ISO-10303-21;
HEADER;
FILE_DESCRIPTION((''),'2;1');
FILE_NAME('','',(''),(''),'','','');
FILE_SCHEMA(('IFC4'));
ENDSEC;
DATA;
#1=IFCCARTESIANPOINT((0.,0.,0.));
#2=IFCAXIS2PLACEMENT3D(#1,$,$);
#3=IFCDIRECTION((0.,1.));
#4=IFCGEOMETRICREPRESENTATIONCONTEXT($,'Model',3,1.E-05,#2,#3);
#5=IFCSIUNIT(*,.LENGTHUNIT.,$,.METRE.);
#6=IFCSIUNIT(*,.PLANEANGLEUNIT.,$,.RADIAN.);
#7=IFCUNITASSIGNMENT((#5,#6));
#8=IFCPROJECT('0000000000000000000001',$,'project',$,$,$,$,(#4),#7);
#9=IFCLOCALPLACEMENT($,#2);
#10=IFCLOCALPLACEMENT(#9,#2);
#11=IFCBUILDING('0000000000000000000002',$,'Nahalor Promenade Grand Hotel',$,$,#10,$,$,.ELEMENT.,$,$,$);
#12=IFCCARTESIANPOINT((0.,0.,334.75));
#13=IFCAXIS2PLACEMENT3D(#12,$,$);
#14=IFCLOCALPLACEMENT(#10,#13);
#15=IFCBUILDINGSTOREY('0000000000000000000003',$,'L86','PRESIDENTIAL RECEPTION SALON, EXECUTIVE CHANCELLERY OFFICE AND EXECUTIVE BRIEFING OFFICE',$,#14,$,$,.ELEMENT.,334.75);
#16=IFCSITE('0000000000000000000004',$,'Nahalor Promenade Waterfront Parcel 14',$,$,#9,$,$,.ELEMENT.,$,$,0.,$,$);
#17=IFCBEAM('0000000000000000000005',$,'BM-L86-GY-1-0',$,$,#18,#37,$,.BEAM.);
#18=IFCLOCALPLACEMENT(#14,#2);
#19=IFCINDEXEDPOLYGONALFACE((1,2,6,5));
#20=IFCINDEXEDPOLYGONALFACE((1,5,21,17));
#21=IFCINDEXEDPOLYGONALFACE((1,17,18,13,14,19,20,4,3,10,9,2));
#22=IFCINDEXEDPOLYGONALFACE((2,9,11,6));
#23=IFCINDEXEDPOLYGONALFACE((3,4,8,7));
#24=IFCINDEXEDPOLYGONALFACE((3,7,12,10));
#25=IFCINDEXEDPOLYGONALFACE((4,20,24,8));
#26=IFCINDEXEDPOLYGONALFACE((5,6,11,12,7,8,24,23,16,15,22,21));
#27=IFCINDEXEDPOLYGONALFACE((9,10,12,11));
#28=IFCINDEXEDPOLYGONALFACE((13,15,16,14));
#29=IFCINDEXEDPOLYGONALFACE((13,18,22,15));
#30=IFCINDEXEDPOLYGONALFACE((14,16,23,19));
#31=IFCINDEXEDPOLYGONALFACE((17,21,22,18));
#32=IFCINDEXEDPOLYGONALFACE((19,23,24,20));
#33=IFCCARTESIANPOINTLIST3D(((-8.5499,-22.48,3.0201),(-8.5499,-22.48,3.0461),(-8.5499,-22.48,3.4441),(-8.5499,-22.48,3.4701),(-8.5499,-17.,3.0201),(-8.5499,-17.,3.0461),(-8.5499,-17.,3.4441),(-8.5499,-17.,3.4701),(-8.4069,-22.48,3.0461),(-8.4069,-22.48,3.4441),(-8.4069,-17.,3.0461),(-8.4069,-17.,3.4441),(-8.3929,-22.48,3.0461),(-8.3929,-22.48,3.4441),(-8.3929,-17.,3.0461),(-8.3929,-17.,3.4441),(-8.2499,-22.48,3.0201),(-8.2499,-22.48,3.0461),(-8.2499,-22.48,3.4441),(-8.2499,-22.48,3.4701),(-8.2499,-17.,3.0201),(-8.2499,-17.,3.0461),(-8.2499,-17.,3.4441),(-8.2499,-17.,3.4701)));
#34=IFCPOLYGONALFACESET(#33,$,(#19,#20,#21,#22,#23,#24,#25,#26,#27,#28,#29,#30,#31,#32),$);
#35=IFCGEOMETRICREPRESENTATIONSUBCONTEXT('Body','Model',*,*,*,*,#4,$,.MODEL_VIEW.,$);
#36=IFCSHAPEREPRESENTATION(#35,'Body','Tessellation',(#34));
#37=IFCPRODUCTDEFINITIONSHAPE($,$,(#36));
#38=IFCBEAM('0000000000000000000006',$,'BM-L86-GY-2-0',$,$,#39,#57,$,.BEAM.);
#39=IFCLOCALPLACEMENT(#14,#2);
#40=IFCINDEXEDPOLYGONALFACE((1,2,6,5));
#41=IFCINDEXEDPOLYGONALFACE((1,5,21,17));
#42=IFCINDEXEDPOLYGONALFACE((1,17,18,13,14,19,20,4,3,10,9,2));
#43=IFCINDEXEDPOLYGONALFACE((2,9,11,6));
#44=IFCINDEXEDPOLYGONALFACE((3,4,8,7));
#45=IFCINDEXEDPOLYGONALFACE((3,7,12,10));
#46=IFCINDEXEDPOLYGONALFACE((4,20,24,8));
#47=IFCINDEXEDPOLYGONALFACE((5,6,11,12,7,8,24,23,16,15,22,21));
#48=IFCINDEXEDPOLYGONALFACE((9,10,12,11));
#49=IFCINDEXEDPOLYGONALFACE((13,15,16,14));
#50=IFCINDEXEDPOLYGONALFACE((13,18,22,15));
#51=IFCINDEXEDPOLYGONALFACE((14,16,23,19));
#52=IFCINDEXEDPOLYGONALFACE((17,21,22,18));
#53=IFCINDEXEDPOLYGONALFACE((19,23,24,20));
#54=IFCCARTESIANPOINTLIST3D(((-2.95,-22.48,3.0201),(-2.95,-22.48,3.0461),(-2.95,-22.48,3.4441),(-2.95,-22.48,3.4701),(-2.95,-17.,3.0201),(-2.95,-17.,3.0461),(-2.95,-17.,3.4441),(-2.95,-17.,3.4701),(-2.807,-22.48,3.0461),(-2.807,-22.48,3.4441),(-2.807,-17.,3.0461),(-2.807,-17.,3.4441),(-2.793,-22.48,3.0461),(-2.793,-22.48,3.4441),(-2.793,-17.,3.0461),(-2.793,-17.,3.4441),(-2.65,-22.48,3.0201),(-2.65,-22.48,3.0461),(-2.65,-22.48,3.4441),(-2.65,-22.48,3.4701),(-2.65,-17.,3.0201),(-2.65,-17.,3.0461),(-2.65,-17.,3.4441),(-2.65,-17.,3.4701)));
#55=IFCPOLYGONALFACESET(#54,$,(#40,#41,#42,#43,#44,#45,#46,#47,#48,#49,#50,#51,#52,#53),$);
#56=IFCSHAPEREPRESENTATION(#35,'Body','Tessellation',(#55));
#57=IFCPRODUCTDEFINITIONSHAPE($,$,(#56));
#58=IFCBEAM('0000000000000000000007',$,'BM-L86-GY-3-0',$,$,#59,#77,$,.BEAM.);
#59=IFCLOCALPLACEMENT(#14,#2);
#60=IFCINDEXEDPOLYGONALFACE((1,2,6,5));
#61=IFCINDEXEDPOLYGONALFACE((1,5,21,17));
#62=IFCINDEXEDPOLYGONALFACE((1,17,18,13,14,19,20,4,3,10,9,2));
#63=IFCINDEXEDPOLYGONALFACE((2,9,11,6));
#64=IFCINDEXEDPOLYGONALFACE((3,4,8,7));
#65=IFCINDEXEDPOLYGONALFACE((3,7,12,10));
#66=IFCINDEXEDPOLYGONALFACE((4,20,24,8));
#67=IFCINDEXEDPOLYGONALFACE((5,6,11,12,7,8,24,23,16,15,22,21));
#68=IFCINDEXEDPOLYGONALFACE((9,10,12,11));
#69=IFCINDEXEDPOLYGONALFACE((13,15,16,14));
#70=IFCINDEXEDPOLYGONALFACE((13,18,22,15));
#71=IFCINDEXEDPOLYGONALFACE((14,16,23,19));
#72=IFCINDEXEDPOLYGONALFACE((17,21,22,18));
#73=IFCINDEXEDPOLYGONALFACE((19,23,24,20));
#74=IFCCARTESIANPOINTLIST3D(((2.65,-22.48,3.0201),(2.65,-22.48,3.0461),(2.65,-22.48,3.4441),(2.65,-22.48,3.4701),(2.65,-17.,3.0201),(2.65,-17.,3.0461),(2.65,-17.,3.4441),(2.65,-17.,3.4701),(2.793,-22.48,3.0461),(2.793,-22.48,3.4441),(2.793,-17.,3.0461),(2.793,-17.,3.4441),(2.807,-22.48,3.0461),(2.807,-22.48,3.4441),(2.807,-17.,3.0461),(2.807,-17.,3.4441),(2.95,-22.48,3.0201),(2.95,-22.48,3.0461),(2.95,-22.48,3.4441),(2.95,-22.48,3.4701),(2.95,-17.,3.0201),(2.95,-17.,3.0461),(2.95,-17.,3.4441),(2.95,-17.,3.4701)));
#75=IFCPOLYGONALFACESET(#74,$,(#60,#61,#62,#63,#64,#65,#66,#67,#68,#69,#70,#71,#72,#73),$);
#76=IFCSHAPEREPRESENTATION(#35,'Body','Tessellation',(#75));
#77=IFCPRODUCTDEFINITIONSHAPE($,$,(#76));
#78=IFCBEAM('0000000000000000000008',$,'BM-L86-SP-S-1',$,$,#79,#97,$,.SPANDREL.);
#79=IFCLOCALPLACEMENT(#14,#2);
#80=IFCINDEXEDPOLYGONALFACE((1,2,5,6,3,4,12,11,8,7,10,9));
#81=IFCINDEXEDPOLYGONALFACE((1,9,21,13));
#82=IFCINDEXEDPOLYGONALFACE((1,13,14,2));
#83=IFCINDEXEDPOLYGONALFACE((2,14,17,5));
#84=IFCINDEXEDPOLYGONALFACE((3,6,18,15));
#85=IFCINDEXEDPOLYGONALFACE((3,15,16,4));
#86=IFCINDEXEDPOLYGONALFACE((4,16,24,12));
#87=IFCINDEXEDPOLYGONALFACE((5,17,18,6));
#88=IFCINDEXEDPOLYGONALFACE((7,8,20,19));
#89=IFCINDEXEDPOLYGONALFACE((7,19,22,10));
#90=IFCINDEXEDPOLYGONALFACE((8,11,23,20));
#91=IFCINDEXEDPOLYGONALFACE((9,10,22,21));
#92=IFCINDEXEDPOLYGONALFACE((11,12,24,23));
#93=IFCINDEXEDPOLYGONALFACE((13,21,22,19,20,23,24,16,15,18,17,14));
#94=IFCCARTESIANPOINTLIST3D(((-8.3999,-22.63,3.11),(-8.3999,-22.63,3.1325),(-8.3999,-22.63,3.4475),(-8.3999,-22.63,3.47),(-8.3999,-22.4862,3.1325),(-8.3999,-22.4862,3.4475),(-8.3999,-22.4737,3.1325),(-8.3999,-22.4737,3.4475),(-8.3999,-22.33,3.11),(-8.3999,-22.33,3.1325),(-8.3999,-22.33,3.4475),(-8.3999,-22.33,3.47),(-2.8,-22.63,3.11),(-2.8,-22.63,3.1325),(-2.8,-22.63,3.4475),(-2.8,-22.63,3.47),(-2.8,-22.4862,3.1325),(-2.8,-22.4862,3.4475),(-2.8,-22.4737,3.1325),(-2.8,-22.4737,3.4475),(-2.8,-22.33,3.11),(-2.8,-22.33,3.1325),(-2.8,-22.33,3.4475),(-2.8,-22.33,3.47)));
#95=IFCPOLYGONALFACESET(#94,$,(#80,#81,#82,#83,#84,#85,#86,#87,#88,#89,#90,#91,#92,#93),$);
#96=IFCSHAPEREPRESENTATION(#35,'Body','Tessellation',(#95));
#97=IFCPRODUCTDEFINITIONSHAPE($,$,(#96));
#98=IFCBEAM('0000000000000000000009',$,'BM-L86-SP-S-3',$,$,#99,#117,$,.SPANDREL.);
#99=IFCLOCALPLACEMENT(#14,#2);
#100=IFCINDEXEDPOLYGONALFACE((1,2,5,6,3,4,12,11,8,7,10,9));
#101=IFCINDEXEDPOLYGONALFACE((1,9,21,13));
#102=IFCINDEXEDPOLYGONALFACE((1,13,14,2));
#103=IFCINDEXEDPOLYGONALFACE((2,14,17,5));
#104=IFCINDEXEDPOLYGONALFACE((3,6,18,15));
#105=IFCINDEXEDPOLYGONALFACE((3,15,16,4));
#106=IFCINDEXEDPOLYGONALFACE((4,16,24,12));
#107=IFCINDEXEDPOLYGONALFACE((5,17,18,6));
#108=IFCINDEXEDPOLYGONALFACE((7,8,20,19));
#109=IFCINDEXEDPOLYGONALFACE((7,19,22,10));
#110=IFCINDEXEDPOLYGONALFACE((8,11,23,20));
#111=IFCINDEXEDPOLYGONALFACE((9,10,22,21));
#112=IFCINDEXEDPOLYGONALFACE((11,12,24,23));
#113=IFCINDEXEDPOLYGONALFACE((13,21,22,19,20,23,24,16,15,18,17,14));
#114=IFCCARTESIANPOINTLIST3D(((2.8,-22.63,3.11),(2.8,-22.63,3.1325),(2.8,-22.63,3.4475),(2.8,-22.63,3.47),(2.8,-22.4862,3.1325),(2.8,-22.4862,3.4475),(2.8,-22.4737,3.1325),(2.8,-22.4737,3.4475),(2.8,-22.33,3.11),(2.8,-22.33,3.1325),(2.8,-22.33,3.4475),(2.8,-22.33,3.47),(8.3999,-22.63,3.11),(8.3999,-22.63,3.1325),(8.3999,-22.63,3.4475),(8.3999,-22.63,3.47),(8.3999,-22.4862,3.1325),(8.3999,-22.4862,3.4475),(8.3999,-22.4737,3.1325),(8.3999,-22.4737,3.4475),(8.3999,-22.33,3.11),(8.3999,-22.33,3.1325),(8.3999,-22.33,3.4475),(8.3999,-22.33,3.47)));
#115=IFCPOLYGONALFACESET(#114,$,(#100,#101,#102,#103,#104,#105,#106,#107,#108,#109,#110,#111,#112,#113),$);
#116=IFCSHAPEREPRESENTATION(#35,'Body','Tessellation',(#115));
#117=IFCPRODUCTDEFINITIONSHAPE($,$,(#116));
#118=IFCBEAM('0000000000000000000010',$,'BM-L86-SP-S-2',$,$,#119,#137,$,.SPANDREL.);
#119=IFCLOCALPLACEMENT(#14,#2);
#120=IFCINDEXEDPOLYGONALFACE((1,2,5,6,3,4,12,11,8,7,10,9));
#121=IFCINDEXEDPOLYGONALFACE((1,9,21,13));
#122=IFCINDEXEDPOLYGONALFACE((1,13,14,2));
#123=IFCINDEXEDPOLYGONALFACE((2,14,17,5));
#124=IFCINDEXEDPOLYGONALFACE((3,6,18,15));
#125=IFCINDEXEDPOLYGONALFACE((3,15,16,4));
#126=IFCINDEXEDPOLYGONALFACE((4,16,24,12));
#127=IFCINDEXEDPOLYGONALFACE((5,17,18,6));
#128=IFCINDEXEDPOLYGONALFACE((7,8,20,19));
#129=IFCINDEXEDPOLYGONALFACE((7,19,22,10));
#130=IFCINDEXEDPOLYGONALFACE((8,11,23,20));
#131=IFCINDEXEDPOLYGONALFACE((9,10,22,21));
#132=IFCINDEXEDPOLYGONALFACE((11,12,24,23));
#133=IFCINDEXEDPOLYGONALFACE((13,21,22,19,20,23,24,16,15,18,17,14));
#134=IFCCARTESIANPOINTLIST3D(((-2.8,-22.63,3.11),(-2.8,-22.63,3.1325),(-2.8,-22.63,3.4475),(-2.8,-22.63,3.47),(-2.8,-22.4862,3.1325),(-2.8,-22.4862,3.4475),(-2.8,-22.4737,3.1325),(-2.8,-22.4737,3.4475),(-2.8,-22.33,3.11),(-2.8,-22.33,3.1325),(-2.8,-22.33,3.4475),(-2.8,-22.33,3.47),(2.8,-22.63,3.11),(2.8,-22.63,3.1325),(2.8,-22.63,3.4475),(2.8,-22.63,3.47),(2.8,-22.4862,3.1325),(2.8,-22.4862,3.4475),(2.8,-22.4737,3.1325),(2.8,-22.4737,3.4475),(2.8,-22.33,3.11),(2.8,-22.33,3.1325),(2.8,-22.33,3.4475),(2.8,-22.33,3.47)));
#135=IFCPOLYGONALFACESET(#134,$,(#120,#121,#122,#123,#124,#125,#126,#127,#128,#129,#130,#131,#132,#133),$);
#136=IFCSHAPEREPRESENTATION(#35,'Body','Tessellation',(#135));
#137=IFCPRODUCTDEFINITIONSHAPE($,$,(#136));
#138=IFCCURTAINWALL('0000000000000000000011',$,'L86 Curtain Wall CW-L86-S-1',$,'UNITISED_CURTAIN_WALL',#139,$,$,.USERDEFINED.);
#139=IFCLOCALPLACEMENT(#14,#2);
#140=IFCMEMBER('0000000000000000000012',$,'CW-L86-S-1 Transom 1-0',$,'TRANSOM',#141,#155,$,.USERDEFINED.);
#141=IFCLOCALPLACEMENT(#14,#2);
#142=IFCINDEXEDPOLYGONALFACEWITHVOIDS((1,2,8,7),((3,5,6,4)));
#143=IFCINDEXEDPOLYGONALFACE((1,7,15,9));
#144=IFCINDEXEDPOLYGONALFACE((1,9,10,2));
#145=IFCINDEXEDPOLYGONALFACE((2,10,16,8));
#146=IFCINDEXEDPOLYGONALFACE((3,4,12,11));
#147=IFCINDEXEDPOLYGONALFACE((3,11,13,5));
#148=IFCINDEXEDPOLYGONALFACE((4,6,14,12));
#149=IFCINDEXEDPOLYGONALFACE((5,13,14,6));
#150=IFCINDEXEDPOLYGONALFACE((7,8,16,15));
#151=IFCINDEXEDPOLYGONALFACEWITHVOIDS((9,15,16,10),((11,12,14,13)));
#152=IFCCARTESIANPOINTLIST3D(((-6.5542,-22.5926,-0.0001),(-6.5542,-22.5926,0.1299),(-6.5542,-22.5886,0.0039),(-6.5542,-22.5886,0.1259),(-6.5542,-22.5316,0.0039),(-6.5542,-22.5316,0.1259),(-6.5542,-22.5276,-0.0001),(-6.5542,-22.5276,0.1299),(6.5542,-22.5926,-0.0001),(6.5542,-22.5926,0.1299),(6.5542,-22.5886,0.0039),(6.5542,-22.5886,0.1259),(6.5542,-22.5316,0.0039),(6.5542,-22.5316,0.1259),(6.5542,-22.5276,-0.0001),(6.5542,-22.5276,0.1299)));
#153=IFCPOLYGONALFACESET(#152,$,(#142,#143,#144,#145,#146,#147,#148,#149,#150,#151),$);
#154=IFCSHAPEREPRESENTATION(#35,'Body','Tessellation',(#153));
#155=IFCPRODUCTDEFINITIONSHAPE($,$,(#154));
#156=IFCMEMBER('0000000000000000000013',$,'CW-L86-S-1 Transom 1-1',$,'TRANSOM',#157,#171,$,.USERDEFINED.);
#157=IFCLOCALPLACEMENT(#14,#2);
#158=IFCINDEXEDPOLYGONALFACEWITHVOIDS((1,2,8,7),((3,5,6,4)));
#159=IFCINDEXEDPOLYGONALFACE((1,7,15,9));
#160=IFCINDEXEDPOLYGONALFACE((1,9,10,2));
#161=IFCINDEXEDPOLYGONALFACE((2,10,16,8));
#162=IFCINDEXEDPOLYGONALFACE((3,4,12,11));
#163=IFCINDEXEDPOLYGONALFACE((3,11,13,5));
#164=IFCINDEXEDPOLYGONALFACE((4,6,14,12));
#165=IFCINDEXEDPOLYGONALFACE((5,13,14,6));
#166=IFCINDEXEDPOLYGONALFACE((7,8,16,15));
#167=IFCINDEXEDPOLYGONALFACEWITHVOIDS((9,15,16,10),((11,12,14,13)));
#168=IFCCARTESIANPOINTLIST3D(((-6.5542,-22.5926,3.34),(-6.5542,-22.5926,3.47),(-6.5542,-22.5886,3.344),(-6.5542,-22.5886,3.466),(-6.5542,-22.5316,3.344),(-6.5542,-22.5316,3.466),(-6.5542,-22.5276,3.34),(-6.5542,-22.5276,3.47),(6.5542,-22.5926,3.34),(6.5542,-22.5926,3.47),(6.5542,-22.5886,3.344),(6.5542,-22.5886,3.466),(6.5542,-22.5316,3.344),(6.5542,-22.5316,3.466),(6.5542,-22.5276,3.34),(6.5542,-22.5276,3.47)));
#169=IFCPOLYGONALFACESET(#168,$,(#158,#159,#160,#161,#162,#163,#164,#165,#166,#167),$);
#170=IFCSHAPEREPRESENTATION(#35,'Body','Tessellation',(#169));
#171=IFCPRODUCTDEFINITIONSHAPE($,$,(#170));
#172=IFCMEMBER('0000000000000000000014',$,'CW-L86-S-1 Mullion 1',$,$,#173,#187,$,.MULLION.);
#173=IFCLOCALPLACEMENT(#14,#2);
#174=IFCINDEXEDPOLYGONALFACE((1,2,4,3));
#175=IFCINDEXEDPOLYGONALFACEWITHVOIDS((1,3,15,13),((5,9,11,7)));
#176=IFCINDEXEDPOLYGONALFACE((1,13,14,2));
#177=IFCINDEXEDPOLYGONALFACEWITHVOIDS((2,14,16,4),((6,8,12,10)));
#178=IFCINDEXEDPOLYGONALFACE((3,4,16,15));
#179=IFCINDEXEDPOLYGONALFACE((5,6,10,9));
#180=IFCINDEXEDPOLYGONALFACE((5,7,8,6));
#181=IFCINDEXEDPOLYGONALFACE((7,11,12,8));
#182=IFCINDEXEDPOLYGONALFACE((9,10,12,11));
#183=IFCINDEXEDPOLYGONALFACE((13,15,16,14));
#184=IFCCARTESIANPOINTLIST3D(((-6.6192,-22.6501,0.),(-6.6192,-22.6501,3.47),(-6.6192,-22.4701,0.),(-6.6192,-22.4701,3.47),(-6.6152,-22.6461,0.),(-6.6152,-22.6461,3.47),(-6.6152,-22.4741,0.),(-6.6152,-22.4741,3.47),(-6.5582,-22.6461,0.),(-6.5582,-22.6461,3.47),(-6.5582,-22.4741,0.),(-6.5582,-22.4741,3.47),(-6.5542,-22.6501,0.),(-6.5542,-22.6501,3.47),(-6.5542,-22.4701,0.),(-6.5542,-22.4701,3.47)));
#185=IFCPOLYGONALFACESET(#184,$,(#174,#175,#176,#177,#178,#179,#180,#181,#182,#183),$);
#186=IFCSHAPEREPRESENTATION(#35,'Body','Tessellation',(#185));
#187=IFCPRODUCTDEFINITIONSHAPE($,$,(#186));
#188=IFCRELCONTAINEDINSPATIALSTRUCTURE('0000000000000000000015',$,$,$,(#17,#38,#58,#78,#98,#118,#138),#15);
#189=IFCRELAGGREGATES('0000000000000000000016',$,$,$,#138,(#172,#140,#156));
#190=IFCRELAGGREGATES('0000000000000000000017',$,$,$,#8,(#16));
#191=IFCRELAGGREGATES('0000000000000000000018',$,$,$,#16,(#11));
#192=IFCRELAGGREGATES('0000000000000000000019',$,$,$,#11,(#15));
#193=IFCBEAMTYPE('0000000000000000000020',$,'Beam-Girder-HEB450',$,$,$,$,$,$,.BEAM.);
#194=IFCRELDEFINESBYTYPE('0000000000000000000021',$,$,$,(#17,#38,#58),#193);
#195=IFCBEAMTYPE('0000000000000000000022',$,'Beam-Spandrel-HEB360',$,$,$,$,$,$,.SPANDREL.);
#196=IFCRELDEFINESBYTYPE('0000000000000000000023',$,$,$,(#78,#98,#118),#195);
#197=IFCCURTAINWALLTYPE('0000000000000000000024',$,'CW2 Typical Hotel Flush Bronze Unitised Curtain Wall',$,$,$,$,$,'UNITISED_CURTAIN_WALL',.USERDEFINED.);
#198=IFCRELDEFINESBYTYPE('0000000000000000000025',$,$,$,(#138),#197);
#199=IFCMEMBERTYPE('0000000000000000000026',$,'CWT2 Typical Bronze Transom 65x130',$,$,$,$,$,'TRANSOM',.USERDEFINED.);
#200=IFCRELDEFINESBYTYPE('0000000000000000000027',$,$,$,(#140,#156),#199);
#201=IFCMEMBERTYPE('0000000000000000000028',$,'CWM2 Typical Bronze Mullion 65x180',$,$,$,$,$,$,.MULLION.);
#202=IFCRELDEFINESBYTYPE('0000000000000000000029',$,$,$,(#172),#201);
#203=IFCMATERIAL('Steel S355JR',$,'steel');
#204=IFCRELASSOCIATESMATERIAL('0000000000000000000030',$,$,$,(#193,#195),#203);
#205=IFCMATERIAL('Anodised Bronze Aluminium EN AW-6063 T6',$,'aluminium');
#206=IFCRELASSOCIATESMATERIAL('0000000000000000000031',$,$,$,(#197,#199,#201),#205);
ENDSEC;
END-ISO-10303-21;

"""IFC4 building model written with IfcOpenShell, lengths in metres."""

from ifc_helpers import new_model, si_unit, direction, frame, origin, origin_2d, place, context, subcontext, project, spatial, hollow_rectangle, i_section, extrude, source, transform, mapped, material, material_profile, profile_set, type_object, element, aggregate, save


model = new_model("IFC4")

# Units and contexts
model_context = context("Model", 3, precision=1e-05, world=origin(), true_north=direction((0.0, 1.0)))
body_context = subcontext(model_context, "Body", "Model", "MODEL_VIEW")
ifc_project = project(units=[si_unit("LENGTHUNIT", "METRE"), si_unit("PLANEANGLEUNIT", "RADIAN")], contexts=[model_context])

# Site, building, storey
site_placement = place(None, origin())
site = spatial("IfcSite", under=ifc_project, at=site_placement, Name="Nahalor Promenade Waterfront Parcel 14", CompositionType="ELEMENT", RefElevation=0.0)
building_placement = place(site_placement, origin())
building = spatial("IfcBuilding", under=site, at=building_placement, Name="Nahalor Promenade Grand Hotel", CompositionType="ELEMENT")
storey_placement = place(building_placement, frame((0.0, 0.0, 334.75)))
storey = spatial("IfcBuildingStorey", under=building, at=storey_placement, Name="L86", Description="PRESIDENTIAL RECEPTION SALON, EXECUTIVE CHANCELLERY OFFICE AND EXECUTIVE BRIEFING OFFICE", CompositionType="ELEMENT", Elevation=334.75)

# Shared definitions
ifc_material_1 = material(Name="Steel S355JR", Category="steel")

# Beams
ifc_material_profile_1 = material_profile(ifc_material_1, i_section(OverallWidth=0.3, OverallDepth=0.45, WebThickness=0.014, FlangeThickness=0.026, at=origin_2d()), Name="HEB 450")
ifc_profile_set_1 = profile_set([ifc_material_profile_1], Name="Steel S355JR")
beam_type_1 = type_object("IfcBeamType", Name="Beam-Girder-HEB450", PredefinedType="BEAM", material=ifc_profile_set_1)
shared_shape_1 = source(origin(), body_context, "Body", "SweptSolid", [
    extrude(i_section(OverallWidth=0.3, OverallDepth=0.45, WebThickness=0.014, FlangeThickness=0.026, at=origin_2d()), origin(), (0.0, 0.0, 1.0), 5.48),
])
for number, where, z_axis, x_axis, name in (
    (1, (-8.3999, -22.48, 3.2451), (0.0, 1.0, 0.0), (-1.0, 0.0, 0.0), "BM-L86-GY-1-0"),
    (2, (-2.8, -22.48, 3.2451), (0.0, 1.0, 0.0), (-1.0, 0.0, 0.0), "BM-L86-GY-2-0"),
    (3, (2.8, -22.48, 3.2451), (0.0, 1.0, 0.0), (-1.0, 0.0, 0.0), "BM-L86-GY-3-0"),
):
    element("IfcBeam", number, at=place(storey_placement, frame(where, z_axis=z_axis, x_axis=x_axis)), inside=storey, type_object=beam_type_1, Name=name, PredefinedType="BEAM", context=body_context, shape_type="MappedRepresentation", body=[
        mapped(shared_shape_1, transform((0.0, 0.0, 0.0), scale=1.0)),
    ])
ifc_material_profile_2 = material_profile(ifc_material_1, i_section(OverallWidth=0.3, OverallDepth=0.36, WebThickness=0.0125, FlangeThickness=0.0225, at=origin_2d()), Name="HEB 360")
ifc_profile_set_2 = profile_set([ifc_material_profile_2], Name="Steel S355JR")
beam_type_2 = type_object("IfcBeamType", Name="Beam-Spandrel-HEB360", PredefinedType="SPANDREL", material=ifc_profile_set_2)
shared_shape_2 = source(origin(), body_context, "Body", "SweptSolid", [
    extrude(i_section(OverallWidth=0.3, OverallDepth=0.36, WebThickness=0.0125, FlangeThickness=0.0225, at=origin_2d()), origin(), (0.0, 0.0, 1.0), 5.5999),
])
for number, where, z_axis, x_axis, name in (
    (4, (-8.3999, -22.48, 3.29), (1.0, 0.0, 0.0), (0.0, 1.0, 0.0), "BM-L86-SP-S-1"),
    (5, (2.8, -22.48, 3.29), (1.0, 0.0, 0.0), (0.0, 1.0, 0.0), "BM-L86-SP-S-3"),
):
    element("IfcBeam", number, at=place(storey_placement, frame(where, z_axis=z_axis, x_axis=x_axis)), inside=storey, type_object=beam_type_2, Name=name, PredefinedType="SPANDREL", context=body_context, shape_type="MappedRepresentation", body=[
        mapped(shared_shape_2, transform((0.0, 0.0, 0.0), scale=1.0)),
    ])
shared_shape_3 = source(origin(), body_context, "Body", "SweptSolid", [
    extrude(i_section(OverallWidth=0.3, OverallDepth=0.36, WebThickness=0.0125, FlangeThickness=0.0225, at=origin_2d()), origin(), (0.0, 0.0, 1.0), 5.6001),
])
beam_1_placement = place(storey_placement, frame((-2.8, -22.48, 3.29), z_axis=(1.0, 0.0, 0.0), x_axis=(0.0, 1.0, 0.0)))
element("IfcBeam", 6, at=beam_1_placement, inside=storey, type_object=beam_type_2, Name="BM-L86-SP-S-2", PredefinedType="SPANDREL", context=body_context, shape_type="MappedRepresentation", body=[
    mapped(shared_shape_3, transform((0.0, 0.0, 0.0), scale=1.0)),
])

# Curtain wall, members
ifc_material_2 = material(Name="Anodised Bronze Aluminium EN AW-6063 T6", Category="aluminium")
curtain_wall_type = type_object("IfcCurtainWallType", Name="CW2 Typical Hotel Flush Bronze Unitised Curtain Wall", ElementType="UNITISED_CURTAIN_WALL", PredefinedType="USERDEFINED", material=ifc_material_2)
curtain_wall_placement = place(storey_placement, origin())
curtain_wall = element("IfcCurtainWall", 7, at=curtain_wall_placement, inside=storey, type_object=curtain_wall_type, Name="L86 Curtain Wall CW-L86-S-1", ObjectType="UNITISED_CURTAIN_WALL", PredefinedType="USERDEFINED")
ifc_material_profile_3 = material_profile(ifc_material_2, hollow_rectangle(XDim=0.065, YDim=0.13, WallThickness=0.004, at=origin_2d()), Name="CWT 65x130x4")
ifc_profile_set_3 = profile_set([ifc_material_profile_3], Name="Anodised Bronze Aluminium EN AW-6063 T6")
member_type_1 = type_object("IfcMemberType", Name="CWT2 Typical Bronze Transom 65x130", ElementType="TRANSOM", PredefinedType="USERDEFINED", material=ifc_profile_set_3)
shared_shape_4 = source(origin(), body_context, "Body", "SweptSolid", [
    extrude(hollow_rectangle(XDim=0.065, YDim=0.13, WallThickness=0.004, at=origin_2d()), origin(), (0.0, 0.0, 1.0), 13.1084),
])
member_1_placement = place(storey_placement, frame((-6.5542, -22.5601, 0.0649), z_axis=(1.0, 0.0, 0.0), x_axis=(0.0, 1.0, 0.0)))
member_1 = element("IfcMember", 8, at=member_1_placement, type_object=member_type_1, Name="CW-L86-S-1 Transom 1-0", ObjectType="TRANSOM", PredefinedType="USERDEFINED", context=body_context, shape_type="MappedRepresentation", body=[
    mapped(shared_shape_4, transform((0.0, 0.0, 0.0), scale=1.0)),
])
member_2_placement = place(storey_placement, frame((-6.5542, -22.5601, 3.405), z_axis=(1.0, 0.0, 0.0), x_axis=(0.0, 1.0, 0.0)))
member_2 = element("IfcMember", 9, at=member_2_placement, type_object=member_type_1, Name="CW-L86-S-1 Transom 1-1", ObjectType="TRANSOM", PredefinedType="USERDEFINED", context=body_context, shape_type="MappedRepresentation", body=[
    mapped(shared_shape_4, transform((0.0, 0.0, 0.0), scale=1.0)),
])
ifc_material_profile_4 = material_profile(ifc_material_2, hollow_rectangle(XDim=0.065, YDim=0.18, WallThickness=0.004, at=origin_2d()), Name="CWM 65x180x4")
ifc_profile_set_4 = profile_set([ifc_material_profile_4], Name="Anodised Bronze Aluminium EN AW-6063 T6")
member_type_2 = type_object("IfcMemberType", Name="CWM2 Typical Bronze Mullion 65x180", PredefinedType="MULLION", material=ifc_profile_set_4)
shared_shape_5 = source(origin(), body_context, "Body", "SweptSolid", [
    extrude(hollow_rectangle(XDim=0.065, YDim=0.18, WallThickness=0.004, at=origin_2d()), origin(), (0.0, 0.0, 1.0), 3.47),
])
member_3_placement = place(storey_placement, frame((-6.5867, -22.5601, 0.0), z_axis=(0.0, 0.0, 1.0), x_axis=(1.0, 0.0, 0.0)))
member_3 = element("IfcMember", 10, at=member_3_placement, type_object=member_type_2, Name="CW-L86-S-1 Mullion 1", PredefinedType="MULLION", context=body_context, shape_type="MappedRepresentation", body=[
    mapped(shared_shape_5, transform((0.0, 0.0, 0.0), scale=1.0)),
])
aggregate(curtain_wall, [member_3, member_1, member_2])

save(model, "model.ifc")
